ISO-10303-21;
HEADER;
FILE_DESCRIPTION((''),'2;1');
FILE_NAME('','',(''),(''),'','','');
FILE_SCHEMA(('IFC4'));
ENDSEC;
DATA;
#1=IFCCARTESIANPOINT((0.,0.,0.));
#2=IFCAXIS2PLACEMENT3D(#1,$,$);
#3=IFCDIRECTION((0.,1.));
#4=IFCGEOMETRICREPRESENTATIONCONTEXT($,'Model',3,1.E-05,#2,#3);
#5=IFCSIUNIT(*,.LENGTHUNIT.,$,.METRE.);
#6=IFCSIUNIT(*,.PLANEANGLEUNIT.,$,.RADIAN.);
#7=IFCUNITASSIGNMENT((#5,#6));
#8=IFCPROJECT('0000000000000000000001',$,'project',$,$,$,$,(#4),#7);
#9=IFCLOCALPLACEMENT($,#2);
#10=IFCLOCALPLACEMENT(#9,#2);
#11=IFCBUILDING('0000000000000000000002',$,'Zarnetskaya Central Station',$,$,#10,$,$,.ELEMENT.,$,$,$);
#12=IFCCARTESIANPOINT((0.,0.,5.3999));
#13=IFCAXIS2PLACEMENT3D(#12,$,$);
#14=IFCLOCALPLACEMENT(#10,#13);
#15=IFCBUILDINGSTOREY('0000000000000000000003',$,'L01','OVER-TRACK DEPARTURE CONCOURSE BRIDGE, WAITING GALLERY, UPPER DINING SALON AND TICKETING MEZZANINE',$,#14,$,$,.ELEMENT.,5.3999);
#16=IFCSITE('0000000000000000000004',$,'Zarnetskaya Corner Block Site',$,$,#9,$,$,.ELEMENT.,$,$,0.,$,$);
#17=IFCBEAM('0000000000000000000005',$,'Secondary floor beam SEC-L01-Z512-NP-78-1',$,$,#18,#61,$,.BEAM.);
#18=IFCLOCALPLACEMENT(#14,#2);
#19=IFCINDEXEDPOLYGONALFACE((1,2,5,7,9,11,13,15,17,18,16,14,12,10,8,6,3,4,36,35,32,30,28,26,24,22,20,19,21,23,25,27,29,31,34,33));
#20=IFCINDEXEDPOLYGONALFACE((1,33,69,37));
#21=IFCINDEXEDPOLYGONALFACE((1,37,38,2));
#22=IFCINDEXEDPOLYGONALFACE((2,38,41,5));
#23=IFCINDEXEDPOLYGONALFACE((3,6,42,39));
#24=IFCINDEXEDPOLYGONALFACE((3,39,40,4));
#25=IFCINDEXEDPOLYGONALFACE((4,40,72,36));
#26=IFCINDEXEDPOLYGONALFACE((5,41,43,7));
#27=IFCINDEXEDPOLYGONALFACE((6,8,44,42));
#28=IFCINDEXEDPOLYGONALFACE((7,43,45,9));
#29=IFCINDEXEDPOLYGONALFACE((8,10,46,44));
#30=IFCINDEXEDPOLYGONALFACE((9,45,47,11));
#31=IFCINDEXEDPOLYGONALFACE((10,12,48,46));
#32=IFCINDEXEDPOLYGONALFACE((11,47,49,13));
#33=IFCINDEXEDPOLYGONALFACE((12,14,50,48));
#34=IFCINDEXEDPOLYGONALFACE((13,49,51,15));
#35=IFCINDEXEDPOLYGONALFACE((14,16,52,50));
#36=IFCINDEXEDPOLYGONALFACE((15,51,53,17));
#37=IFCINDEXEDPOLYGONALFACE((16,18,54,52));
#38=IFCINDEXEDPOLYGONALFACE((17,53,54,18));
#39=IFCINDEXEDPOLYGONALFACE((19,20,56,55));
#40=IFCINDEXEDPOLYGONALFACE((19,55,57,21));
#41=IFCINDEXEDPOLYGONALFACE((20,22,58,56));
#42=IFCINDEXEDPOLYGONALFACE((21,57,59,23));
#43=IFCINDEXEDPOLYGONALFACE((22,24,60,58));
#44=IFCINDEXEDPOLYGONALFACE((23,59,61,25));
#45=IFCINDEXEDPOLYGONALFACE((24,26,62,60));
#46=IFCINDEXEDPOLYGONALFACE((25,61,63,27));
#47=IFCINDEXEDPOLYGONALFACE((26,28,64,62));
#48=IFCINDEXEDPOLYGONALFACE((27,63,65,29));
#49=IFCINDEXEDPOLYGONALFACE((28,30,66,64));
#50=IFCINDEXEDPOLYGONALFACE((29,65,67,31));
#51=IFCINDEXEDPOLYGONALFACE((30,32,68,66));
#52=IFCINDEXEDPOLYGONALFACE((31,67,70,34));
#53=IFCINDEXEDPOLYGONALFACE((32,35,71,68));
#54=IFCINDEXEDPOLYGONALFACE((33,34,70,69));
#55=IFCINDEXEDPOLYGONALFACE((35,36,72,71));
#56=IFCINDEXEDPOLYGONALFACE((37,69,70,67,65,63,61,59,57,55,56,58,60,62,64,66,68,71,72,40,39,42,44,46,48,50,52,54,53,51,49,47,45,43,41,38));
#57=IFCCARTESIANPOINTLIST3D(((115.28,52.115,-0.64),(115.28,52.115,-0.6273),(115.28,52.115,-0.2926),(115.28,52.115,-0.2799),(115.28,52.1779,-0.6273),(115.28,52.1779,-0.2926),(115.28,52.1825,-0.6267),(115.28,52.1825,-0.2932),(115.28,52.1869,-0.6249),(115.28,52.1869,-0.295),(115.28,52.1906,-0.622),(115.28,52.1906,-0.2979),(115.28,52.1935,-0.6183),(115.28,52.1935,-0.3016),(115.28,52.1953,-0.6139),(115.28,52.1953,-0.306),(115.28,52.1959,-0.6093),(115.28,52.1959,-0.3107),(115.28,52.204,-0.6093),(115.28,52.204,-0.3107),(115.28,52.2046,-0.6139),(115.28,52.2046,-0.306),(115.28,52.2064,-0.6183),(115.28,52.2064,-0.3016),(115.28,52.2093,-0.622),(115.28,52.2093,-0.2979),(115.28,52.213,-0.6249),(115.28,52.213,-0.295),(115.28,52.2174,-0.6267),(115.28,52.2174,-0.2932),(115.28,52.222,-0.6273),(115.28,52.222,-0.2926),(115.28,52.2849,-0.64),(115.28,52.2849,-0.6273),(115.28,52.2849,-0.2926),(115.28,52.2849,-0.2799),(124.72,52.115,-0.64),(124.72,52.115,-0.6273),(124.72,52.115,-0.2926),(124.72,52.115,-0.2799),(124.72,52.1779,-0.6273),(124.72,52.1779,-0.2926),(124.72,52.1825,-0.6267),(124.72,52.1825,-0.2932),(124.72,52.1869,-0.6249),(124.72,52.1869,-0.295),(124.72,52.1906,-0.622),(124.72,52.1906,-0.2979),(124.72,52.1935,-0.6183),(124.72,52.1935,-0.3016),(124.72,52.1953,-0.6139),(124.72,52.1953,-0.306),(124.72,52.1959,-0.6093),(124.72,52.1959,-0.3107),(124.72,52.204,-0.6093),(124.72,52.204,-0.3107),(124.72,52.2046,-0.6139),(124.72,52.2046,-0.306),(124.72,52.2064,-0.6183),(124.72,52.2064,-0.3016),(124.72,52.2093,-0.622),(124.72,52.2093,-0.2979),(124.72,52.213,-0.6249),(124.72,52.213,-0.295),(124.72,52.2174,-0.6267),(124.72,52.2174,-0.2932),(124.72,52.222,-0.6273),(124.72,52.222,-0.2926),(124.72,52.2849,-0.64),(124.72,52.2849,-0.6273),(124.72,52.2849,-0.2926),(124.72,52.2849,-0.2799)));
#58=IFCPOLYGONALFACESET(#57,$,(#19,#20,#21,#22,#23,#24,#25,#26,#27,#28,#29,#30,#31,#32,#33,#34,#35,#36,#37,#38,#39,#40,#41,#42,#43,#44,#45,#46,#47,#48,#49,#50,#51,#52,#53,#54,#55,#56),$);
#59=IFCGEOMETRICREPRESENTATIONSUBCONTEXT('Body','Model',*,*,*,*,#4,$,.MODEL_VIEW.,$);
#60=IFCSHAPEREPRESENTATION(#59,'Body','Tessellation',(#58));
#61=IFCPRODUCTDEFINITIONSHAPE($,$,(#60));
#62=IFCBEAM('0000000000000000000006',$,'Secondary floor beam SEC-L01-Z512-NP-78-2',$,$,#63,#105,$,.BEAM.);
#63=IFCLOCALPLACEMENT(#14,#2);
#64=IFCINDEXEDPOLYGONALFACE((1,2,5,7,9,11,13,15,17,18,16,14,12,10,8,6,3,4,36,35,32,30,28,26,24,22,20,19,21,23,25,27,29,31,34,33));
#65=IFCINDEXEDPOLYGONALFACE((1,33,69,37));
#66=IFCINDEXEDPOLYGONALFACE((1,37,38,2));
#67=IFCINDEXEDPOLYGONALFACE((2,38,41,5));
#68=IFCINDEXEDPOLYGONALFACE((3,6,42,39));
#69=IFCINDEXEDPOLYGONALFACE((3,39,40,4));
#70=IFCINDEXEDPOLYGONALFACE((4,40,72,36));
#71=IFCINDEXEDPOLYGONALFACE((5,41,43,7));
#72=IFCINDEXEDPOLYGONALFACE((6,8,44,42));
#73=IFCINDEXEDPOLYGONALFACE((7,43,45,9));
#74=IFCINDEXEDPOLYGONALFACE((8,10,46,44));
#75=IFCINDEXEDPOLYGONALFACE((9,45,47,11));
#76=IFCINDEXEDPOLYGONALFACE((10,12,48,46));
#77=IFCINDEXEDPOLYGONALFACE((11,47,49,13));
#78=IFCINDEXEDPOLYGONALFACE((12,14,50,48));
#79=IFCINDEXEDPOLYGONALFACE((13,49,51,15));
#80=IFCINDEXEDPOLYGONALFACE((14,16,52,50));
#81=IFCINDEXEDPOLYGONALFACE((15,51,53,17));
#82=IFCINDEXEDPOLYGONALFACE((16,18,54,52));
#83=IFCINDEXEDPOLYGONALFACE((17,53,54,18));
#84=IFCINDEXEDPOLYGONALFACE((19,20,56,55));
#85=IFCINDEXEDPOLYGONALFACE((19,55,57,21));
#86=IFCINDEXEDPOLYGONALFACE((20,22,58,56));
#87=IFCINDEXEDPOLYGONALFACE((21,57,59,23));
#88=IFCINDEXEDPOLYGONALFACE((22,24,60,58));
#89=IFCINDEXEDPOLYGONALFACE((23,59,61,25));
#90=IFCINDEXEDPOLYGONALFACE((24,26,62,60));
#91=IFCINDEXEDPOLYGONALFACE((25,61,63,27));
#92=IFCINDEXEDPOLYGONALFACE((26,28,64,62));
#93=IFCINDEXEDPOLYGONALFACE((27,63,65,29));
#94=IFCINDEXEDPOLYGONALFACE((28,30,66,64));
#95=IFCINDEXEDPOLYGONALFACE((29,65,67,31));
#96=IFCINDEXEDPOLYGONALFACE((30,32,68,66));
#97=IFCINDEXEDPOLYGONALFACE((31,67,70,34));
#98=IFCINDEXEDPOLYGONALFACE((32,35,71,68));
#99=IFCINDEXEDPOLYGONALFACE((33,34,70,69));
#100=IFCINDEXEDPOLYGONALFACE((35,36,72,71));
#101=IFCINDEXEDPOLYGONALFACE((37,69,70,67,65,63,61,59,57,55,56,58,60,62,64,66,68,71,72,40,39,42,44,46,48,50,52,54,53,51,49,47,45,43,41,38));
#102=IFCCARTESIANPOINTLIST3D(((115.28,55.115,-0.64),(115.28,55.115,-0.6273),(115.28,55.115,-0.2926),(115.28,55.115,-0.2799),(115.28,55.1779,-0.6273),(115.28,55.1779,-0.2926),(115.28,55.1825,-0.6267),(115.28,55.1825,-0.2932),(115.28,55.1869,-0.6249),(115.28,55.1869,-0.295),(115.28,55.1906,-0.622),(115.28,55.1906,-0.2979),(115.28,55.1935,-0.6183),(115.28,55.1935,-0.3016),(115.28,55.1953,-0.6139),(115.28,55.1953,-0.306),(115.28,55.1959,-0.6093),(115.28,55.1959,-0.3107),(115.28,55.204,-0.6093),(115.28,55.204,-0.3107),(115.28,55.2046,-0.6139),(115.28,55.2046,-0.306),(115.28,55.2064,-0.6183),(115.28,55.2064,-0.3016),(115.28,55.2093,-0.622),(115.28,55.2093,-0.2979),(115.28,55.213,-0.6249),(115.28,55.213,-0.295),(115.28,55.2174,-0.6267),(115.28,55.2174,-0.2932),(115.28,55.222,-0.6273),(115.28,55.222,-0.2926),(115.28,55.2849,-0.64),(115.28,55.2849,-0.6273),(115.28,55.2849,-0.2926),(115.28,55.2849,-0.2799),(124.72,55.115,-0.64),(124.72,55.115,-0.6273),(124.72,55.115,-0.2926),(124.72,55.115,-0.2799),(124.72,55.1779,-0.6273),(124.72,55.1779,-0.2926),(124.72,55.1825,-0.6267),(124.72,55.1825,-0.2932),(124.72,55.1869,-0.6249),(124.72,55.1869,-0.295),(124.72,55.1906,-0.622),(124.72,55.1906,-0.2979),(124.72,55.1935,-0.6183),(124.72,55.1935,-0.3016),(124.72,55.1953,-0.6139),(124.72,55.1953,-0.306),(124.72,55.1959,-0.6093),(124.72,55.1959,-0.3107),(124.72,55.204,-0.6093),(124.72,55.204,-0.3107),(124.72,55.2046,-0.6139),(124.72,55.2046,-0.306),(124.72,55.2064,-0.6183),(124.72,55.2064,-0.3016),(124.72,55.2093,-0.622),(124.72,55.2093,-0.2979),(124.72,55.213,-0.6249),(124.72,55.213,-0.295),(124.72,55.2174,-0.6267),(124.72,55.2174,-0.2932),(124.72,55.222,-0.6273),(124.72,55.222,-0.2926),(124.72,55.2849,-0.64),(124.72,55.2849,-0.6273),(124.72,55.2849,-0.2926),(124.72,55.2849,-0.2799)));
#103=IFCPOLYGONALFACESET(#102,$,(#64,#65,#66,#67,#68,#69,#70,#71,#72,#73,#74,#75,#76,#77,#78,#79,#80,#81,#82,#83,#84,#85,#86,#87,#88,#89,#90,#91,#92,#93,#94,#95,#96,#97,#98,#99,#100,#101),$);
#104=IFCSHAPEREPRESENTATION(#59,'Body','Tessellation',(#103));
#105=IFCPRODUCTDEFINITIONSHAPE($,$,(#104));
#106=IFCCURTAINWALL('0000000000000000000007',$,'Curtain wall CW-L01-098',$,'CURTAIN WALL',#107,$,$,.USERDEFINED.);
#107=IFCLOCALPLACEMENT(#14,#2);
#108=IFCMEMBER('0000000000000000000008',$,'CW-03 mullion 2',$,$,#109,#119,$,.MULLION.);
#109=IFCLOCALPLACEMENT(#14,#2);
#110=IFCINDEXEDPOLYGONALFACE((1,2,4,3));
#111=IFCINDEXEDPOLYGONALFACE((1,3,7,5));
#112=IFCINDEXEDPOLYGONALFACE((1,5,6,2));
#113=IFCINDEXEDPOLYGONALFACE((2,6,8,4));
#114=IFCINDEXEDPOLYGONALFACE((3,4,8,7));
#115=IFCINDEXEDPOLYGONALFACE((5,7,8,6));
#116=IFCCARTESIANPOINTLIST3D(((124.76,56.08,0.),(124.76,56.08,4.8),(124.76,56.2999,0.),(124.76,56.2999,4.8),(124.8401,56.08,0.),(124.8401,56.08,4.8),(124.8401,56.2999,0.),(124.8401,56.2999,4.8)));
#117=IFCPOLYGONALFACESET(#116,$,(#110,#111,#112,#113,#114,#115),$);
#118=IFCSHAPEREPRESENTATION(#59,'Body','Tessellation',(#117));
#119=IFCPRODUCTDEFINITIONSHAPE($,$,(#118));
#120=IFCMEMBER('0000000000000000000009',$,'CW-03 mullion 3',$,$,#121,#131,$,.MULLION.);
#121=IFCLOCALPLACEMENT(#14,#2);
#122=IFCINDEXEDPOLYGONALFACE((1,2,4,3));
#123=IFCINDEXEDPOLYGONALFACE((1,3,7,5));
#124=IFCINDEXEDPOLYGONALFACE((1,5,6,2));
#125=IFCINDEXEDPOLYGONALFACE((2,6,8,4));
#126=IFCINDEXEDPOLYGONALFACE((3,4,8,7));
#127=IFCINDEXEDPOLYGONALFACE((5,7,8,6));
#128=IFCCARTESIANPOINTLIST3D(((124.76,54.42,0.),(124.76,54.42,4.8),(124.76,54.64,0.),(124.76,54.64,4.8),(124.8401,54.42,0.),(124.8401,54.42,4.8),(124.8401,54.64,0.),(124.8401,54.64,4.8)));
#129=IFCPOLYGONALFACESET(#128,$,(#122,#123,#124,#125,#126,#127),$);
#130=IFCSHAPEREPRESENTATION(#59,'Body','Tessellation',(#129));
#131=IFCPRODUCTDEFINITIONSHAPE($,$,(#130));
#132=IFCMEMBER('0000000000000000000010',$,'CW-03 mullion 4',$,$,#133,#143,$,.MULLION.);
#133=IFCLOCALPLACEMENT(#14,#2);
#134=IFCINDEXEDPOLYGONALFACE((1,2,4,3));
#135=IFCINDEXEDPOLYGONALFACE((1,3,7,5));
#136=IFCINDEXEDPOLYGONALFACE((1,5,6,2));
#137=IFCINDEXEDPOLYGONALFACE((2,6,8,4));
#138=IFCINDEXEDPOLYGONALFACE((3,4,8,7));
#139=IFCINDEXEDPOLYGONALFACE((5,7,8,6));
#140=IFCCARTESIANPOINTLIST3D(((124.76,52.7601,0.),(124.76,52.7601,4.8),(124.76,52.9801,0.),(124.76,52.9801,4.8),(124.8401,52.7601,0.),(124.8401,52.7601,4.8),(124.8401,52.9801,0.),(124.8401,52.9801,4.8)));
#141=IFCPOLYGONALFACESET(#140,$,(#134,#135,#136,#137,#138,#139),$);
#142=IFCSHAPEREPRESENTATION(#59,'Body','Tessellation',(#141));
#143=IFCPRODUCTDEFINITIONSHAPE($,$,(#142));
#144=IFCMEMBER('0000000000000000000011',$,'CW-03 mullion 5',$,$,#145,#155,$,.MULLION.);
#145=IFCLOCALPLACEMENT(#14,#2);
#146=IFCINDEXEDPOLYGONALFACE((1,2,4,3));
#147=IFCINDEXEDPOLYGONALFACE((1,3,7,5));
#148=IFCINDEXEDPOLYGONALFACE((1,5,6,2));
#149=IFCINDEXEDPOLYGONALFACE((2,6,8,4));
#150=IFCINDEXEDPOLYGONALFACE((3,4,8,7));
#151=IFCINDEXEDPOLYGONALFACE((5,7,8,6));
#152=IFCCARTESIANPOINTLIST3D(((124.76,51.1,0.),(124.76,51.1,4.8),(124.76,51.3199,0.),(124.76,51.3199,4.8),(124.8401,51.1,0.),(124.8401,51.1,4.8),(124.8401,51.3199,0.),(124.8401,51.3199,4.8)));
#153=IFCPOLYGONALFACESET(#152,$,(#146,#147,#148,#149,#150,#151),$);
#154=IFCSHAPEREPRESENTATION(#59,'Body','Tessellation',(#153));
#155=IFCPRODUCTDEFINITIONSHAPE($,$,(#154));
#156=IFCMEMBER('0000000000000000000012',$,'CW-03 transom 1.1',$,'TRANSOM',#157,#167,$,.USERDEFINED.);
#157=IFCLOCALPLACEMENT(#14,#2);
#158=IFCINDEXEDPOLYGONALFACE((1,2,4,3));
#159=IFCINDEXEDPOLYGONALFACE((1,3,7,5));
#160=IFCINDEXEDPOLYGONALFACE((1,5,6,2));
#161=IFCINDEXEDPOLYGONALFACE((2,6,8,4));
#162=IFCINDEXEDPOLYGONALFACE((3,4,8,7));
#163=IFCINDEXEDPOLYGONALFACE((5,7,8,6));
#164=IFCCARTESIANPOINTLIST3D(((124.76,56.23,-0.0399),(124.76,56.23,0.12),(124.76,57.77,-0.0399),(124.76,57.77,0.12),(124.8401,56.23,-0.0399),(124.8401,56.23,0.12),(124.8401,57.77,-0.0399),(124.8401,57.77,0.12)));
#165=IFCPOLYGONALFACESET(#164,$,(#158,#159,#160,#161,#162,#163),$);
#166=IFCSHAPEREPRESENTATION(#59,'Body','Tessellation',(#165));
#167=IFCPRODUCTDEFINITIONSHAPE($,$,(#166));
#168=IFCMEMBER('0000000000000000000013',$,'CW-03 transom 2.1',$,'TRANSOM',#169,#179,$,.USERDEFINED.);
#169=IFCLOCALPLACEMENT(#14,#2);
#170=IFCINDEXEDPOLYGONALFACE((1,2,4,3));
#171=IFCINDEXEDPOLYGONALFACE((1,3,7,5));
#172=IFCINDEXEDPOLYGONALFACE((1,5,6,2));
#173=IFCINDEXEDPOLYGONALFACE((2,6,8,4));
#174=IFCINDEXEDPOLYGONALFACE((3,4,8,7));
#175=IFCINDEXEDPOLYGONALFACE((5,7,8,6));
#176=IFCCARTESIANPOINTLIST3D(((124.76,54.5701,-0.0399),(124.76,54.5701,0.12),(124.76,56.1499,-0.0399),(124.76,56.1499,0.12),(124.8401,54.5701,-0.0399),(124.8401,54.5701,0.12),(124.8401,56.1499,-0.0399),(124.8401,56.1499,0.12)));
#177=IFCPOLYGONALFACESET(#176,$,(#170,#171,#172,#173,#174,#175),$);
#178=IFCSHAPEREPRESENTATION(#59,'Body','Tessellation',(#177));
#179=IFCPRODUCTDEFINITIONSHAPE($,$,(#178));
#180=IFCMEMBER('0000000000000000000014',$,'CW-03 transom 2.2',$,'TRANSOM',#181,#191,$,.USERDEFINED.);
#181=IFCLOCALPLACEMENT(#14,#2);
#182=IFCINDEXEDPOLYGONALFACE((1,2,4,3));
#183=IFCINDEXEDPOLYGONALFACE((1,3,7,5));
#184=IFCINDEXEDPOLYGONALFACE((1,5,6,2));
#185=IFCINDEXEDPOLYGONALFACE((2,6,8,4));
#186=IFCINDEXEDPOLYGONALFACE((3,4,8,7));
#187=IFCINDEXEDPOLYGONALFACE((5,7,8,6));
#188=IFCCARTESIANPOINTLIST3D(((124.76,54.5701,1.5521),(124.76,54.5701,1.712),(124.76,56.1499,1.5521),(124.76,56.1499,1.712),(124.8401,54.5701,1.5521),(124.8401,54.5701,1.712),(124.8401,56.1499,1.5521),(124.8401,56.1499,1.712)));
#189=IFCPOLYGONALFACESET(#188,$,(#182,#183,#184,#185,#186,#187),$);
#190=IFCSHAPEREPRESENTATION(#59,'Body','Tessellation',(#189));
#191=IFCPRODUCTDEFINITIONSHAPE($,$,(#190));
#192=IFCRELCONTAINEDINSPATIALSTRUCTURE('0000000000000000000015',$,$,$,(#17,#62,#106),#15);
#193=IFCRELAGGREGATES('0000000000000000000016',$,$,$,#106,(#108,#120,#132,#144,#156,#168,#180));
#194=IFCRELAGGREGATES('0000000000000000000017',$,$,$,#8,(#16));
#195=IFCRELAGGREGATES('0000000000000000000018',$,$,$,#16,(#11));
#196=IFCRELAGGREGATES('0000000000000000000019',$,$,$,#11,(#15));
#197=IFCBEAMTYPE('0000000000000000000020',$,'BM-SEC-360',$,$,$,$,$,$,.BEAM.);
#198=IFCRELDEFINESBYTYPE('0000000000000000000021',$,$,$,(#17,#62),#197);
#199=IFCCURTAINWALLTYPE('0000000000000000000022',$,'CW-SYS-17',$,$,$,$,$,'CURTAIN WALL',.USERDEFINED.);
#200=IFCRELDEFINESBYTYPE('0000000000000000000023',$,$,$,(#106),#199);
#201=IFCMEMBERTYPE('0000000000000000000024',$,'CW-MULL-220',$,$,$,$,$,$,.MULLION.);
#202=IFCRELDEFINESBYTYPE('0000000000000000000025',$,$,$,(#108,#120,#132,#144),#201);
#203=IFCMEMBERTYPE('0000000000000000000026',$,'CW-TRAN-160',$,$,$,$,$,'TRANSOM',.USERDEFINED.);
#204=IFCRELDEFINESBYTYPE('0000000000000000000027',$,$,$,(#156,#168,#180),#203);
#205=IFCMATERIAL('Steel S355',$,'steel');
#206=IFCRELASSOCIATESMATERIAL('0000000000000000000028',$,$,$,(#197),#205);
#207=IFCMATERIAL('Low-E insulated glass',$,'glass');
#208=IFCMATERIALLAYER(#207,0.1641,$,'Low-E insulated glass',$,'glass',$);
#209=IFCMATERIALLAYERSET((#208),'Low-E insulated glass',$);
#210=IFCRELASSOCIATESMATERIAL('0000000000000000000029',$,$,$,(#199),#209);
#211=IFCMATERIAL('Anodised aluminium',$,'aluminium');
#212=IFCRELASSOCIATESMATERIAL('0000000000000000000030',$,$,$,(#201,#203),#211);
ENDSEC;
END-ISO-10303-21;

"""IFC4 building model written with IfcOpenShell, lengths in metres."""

from ifc_helpers import new_model, si_unit, direction, frame, origin, origin_2d, place, context, subcontext, project, spatial, rectangle, i_section, extrude, material, layer, layer_set, material_profile, profile_set, type_object, element, aggregate, save


model = new_model("IFC4")

# Units and contexts
model_context = context("Model", 3, precision=1e-05, world=origin(), true_north=direction((0.0, 1.0)))
body_context = subcontext(model_context, "Body", "Model", "MODEL_VIEW")
ifc_project = project(units=[si_unit("LENGTHUNIT", "METRE"), si_unit("PLANEANGLEUNIT", "RADIAN")], contexts=[model_context])

# Site, building, storey
site_placement = place(None, origin())
site = spatial("IfcSite", under=ifc_project, at=site_placement, Name="Zarnetskaya Corner Block Site", CompositionType="ELEMENT", RefElevation=0.0)
building_placement = place(site_placement, origin())
building = spatial("IfcBuilding", under=site, at=building_placement, Name="Zarnetskaya Central Station", CompositionType="ELEMENT")
storey_placement = place(building_placement, frame((0.0, 0.0, 5.3999)))
storey = spatial("IfcBuildingStorey", under=building, at=storey_placement, Name="L01", Description="OVER-TRACK DEPARTURE CONCOURSE BRIDGE, WAITING GALLERY, UPPER DINING SALON AND TICKETING MEZZANINE", CompositionType="ELEMENT", Elevation=5.3999)

# Beams
ifc_material_1 = material(Name="Steel S355", Category="steel")
ifc_material_profile_1 = material_profile(ifc_material_1, i_section(OverallWidth=0.1699, OverallDepth=0.3601, WebThickness=0.0081, FlangeThickness=0.0127, FilletRadius=0.0181, at=origin_2d()), Name="IPE 360")
ifc_profile_set_1 = profile_set([ifc_material_profile_1], Name="Steel S355")
beam_type = type_object("IfcBeamType", Name="BM-SEC-360", PredefinedType="BEAM", material=ifc_profile_set_1)
for number, where, z_axis, x_axis, name in (
    (1, (115.28, 52.2, -0.46), (1.0, 0.0, 0.0), (0.0, 1.0, 0.0), "Secondary floor beam SEC-L01-Z512-NP-78-1"),
    (2, (115.28, 55.2, -0.46), (1.0, 0.0, 0.0), (0.0, 1.0, 0.0), "Secondary floor beam SEC-L01-Z512-NP-78-2"),
):
    element("IfcBeam", number, at=place(storey_placement, frame(where, z_axis=z_axis, x_axis=x_axis)), inside=storey, type_object=beam_type, Name=name, PredefinedType="BEAM", context=body_context, shape_type="SweptSolid", body=[
        extrude(i_section(OverallWidth=0.1699, OverallDepth=0.3601, WebThickness=0.0081, FlangeThickness=0.0127, FilletRadius=0.0181, at=origin_2d()), origin(), (0.0, 0.0, 1.0), 9.4399),
    ])

# Curtain wall, members
ifc_material_2 = material(Name="Low-E insulated glass", Category="glass")
ifc_layer_1 = layer(ifc_material_2, 0.1641, Name="Low-E insulated glass", Category="glass")
ifc_layer_set_1 = layer_set([ifc_layer_1], Name="Low-E insulated glass")
curtain_wall_type = type_object("IfcCurtainWallType", Name="CW-SYS-17", ElementType="CURTAIN WALL", PredefinedType="USERDEFINED", material=ifc_layer_set_1)
curtain_wall_placement = place(storey_placement, origin())
curtain_wall = element("IfcCurtainWall", 3, at=curtain_wall_placement, inside=storey, type_object=curtain_wall_type, Name="Curtain wall CW-L01-098", ObjectType="CURTAIN WALL", PredefinedType="USERDEFINED")
ifc_material_3 = material(Name="Anodised aluminium", Category="aluminium")
ifc_material_profile_2 = material_profile(ifc_material_3, rectangle(XDim=0.0801, YDim=0.22, at=origin_2d()), Name="ALU MULL 80x220")
ifc_profile_set_2 = profile_set([ifc_material_profile_2], Name="Anodised aluminium")
member_type_1 = type_object("IfcMemberType", Name="CW-MULL-220", PredefinedType="MULLION", material=ifc_profile_set_2)
member_1_placement = place(storey_placement, frame((124.8, 56.1899, 0.0), z_axis=(0.0, 0.0, 1.0), x_axis=(1.0, 0.0, 0.0)))
member_1 = element("IfcMember", 4, at=member_1_placement, type_object=member_type_1, Name="CW-03 mullion 2", PredefinedType="MULLION", context=body_context, shape_type="SweptSolid", body=[
    extrude(rectangle(XDim=0.0801, YDim=0.22, at=origin_2d()), origin(), (0.0, 0.0, 1.0), 4.8),
])
member_2_placement = place(storey_placement, frame((124.8, 54.53, 0.0), z_axis=(0.0, 0.0, 1.0), x_axis=(1.0, 0.0, 0.0)))
member_2 = element("IfcMember", 5, at=member_2_placement, type_object=member_type_1, Name="CW-03 mullion 3", PredefinedType="MULLION", context=body_context, shape_type="SweptSolid", body=[
    extrude(rectangle(XDim=0.0801, YDim=0.22, at=origin_2d()), origin(), (0.0, 0.0, 1.0), 4.8),
])
member_3_placement = place(storey_placement, frame((124.8, 52.8701, 0.0), z_axis=(0.0, 0.0, 1.0), x_axis=(1.0, 0.0, 0.0)))
member_3 = element("IfcMember", 6, at=member_3_placement, type_object=member_type_1, Name="CW-03 mullion 4", PredefinedType="MULLION", context=body_context, shape_type="SweptSolid", body=[
    extrude(rectangle(XDim=0.0801, YDim=0.22, at=origin_2d()), origin(), (0.0, 0.0, 1.0), 4.8),
])
member_4_placement = place(storey_placement, frame((124.8, 51.21, 0.0), z_axis=(0.0, 0.0, 1.0), x_axis=(1.0, 0.0, 0.0)))
member_4 = element("IfcMember", 7, at=member_4_placement, type_object=member_type_1, Name="CW-03 mullion 5", PredefinedType="MULLION", context=body_context, shape_type="SweptSolid", body=[
    extrude(rectangle(XDim=0.0801, YDim=0.22, at=origin_2d()), origin(), (0.0, 0.0, 1.0), 4.8),
])
ifc_material_profile_3 = material_profile(ifc_material_3, rectangle(XDim=0.0801, YDim=0.1599, at=origin_2d()), Name="ALU TRAN 80x160")
ifc_profile_set_3 = profile_set([ifc_material_profile_3], Name="Anodised aluminium")
member_type_2 = type_object("IfcMemberType", Name="CW-TRAN-160", ElementType="TRANSOM", PredefinedType="USERDEFINED", material=ifc_profile_set_3)
member_5_placement = place(storey_placement, frame((124.8, 57.77, 0.04), z_axis=(0.0, -1.0, 0.0), x_axis=(1.0, 0.0, 0.0)))
member_5 = element("IfcMember", 8, at=member_5_placement, type_object=member_type_2, Name="CW-03 transom 1.1", ObjectType="TRANSOM", PredefinedType="USERDEFINED", context=body_context, shape_type="SweptSolid", body=[
    extrude(rectangle(XDim=0.0801, YDim=0.1599, at=origin_2d()), origin(), (0.0, 0.0, 1.0), 1.54),
])
member_6_placement = place(storey_placement, frame((124.8, 56.1499, 0.04), z_axis=(0.0, -1.0, 0.0), x_axis=(1.0, 0.0, 0.0)))
member_6 = element("IfcMember", 9, at=member_6_placement, type_object=member_type_2, Name="CW-03 transom 2.1", ObjectType="TRANSOM", PredefinedType="USERDEFINED", context=body_context, shape_type="SweptSolid", body=[
    extrude(rectangle(XDim=0.0801, YDim=0.1599, at=origin_2d()), origin(), (0.0, 0.0, 1.0), 1.5798),
])
member_7_placement = place(storey_placement, frame((124.8, 56.1499, 1.6321), z_axis=(0.0, -1.0, 0.0), x_axis=(1.0, 0.0, 0.0)))
member_7 = element("IfcMember", 10, at=member_7_placement, type_object=member_type_2, Name="CW-03 transom 2.2", ObjectType="TRANSOM", PredefinedType="USERDEFINED", context=body_context, shape_type="SweptSolid", body=[
    extrude(rectangle(XDim=0.0801, YDim=0.1599, at=origin_2d()), origin(), (0.0, 0.0, 1.0), 1.5798),
])
aggregate(curtain_wall, [member_1, member_2, member_3, member_4, member_5, member_6, member_7])

save(model, "model.ifc")
